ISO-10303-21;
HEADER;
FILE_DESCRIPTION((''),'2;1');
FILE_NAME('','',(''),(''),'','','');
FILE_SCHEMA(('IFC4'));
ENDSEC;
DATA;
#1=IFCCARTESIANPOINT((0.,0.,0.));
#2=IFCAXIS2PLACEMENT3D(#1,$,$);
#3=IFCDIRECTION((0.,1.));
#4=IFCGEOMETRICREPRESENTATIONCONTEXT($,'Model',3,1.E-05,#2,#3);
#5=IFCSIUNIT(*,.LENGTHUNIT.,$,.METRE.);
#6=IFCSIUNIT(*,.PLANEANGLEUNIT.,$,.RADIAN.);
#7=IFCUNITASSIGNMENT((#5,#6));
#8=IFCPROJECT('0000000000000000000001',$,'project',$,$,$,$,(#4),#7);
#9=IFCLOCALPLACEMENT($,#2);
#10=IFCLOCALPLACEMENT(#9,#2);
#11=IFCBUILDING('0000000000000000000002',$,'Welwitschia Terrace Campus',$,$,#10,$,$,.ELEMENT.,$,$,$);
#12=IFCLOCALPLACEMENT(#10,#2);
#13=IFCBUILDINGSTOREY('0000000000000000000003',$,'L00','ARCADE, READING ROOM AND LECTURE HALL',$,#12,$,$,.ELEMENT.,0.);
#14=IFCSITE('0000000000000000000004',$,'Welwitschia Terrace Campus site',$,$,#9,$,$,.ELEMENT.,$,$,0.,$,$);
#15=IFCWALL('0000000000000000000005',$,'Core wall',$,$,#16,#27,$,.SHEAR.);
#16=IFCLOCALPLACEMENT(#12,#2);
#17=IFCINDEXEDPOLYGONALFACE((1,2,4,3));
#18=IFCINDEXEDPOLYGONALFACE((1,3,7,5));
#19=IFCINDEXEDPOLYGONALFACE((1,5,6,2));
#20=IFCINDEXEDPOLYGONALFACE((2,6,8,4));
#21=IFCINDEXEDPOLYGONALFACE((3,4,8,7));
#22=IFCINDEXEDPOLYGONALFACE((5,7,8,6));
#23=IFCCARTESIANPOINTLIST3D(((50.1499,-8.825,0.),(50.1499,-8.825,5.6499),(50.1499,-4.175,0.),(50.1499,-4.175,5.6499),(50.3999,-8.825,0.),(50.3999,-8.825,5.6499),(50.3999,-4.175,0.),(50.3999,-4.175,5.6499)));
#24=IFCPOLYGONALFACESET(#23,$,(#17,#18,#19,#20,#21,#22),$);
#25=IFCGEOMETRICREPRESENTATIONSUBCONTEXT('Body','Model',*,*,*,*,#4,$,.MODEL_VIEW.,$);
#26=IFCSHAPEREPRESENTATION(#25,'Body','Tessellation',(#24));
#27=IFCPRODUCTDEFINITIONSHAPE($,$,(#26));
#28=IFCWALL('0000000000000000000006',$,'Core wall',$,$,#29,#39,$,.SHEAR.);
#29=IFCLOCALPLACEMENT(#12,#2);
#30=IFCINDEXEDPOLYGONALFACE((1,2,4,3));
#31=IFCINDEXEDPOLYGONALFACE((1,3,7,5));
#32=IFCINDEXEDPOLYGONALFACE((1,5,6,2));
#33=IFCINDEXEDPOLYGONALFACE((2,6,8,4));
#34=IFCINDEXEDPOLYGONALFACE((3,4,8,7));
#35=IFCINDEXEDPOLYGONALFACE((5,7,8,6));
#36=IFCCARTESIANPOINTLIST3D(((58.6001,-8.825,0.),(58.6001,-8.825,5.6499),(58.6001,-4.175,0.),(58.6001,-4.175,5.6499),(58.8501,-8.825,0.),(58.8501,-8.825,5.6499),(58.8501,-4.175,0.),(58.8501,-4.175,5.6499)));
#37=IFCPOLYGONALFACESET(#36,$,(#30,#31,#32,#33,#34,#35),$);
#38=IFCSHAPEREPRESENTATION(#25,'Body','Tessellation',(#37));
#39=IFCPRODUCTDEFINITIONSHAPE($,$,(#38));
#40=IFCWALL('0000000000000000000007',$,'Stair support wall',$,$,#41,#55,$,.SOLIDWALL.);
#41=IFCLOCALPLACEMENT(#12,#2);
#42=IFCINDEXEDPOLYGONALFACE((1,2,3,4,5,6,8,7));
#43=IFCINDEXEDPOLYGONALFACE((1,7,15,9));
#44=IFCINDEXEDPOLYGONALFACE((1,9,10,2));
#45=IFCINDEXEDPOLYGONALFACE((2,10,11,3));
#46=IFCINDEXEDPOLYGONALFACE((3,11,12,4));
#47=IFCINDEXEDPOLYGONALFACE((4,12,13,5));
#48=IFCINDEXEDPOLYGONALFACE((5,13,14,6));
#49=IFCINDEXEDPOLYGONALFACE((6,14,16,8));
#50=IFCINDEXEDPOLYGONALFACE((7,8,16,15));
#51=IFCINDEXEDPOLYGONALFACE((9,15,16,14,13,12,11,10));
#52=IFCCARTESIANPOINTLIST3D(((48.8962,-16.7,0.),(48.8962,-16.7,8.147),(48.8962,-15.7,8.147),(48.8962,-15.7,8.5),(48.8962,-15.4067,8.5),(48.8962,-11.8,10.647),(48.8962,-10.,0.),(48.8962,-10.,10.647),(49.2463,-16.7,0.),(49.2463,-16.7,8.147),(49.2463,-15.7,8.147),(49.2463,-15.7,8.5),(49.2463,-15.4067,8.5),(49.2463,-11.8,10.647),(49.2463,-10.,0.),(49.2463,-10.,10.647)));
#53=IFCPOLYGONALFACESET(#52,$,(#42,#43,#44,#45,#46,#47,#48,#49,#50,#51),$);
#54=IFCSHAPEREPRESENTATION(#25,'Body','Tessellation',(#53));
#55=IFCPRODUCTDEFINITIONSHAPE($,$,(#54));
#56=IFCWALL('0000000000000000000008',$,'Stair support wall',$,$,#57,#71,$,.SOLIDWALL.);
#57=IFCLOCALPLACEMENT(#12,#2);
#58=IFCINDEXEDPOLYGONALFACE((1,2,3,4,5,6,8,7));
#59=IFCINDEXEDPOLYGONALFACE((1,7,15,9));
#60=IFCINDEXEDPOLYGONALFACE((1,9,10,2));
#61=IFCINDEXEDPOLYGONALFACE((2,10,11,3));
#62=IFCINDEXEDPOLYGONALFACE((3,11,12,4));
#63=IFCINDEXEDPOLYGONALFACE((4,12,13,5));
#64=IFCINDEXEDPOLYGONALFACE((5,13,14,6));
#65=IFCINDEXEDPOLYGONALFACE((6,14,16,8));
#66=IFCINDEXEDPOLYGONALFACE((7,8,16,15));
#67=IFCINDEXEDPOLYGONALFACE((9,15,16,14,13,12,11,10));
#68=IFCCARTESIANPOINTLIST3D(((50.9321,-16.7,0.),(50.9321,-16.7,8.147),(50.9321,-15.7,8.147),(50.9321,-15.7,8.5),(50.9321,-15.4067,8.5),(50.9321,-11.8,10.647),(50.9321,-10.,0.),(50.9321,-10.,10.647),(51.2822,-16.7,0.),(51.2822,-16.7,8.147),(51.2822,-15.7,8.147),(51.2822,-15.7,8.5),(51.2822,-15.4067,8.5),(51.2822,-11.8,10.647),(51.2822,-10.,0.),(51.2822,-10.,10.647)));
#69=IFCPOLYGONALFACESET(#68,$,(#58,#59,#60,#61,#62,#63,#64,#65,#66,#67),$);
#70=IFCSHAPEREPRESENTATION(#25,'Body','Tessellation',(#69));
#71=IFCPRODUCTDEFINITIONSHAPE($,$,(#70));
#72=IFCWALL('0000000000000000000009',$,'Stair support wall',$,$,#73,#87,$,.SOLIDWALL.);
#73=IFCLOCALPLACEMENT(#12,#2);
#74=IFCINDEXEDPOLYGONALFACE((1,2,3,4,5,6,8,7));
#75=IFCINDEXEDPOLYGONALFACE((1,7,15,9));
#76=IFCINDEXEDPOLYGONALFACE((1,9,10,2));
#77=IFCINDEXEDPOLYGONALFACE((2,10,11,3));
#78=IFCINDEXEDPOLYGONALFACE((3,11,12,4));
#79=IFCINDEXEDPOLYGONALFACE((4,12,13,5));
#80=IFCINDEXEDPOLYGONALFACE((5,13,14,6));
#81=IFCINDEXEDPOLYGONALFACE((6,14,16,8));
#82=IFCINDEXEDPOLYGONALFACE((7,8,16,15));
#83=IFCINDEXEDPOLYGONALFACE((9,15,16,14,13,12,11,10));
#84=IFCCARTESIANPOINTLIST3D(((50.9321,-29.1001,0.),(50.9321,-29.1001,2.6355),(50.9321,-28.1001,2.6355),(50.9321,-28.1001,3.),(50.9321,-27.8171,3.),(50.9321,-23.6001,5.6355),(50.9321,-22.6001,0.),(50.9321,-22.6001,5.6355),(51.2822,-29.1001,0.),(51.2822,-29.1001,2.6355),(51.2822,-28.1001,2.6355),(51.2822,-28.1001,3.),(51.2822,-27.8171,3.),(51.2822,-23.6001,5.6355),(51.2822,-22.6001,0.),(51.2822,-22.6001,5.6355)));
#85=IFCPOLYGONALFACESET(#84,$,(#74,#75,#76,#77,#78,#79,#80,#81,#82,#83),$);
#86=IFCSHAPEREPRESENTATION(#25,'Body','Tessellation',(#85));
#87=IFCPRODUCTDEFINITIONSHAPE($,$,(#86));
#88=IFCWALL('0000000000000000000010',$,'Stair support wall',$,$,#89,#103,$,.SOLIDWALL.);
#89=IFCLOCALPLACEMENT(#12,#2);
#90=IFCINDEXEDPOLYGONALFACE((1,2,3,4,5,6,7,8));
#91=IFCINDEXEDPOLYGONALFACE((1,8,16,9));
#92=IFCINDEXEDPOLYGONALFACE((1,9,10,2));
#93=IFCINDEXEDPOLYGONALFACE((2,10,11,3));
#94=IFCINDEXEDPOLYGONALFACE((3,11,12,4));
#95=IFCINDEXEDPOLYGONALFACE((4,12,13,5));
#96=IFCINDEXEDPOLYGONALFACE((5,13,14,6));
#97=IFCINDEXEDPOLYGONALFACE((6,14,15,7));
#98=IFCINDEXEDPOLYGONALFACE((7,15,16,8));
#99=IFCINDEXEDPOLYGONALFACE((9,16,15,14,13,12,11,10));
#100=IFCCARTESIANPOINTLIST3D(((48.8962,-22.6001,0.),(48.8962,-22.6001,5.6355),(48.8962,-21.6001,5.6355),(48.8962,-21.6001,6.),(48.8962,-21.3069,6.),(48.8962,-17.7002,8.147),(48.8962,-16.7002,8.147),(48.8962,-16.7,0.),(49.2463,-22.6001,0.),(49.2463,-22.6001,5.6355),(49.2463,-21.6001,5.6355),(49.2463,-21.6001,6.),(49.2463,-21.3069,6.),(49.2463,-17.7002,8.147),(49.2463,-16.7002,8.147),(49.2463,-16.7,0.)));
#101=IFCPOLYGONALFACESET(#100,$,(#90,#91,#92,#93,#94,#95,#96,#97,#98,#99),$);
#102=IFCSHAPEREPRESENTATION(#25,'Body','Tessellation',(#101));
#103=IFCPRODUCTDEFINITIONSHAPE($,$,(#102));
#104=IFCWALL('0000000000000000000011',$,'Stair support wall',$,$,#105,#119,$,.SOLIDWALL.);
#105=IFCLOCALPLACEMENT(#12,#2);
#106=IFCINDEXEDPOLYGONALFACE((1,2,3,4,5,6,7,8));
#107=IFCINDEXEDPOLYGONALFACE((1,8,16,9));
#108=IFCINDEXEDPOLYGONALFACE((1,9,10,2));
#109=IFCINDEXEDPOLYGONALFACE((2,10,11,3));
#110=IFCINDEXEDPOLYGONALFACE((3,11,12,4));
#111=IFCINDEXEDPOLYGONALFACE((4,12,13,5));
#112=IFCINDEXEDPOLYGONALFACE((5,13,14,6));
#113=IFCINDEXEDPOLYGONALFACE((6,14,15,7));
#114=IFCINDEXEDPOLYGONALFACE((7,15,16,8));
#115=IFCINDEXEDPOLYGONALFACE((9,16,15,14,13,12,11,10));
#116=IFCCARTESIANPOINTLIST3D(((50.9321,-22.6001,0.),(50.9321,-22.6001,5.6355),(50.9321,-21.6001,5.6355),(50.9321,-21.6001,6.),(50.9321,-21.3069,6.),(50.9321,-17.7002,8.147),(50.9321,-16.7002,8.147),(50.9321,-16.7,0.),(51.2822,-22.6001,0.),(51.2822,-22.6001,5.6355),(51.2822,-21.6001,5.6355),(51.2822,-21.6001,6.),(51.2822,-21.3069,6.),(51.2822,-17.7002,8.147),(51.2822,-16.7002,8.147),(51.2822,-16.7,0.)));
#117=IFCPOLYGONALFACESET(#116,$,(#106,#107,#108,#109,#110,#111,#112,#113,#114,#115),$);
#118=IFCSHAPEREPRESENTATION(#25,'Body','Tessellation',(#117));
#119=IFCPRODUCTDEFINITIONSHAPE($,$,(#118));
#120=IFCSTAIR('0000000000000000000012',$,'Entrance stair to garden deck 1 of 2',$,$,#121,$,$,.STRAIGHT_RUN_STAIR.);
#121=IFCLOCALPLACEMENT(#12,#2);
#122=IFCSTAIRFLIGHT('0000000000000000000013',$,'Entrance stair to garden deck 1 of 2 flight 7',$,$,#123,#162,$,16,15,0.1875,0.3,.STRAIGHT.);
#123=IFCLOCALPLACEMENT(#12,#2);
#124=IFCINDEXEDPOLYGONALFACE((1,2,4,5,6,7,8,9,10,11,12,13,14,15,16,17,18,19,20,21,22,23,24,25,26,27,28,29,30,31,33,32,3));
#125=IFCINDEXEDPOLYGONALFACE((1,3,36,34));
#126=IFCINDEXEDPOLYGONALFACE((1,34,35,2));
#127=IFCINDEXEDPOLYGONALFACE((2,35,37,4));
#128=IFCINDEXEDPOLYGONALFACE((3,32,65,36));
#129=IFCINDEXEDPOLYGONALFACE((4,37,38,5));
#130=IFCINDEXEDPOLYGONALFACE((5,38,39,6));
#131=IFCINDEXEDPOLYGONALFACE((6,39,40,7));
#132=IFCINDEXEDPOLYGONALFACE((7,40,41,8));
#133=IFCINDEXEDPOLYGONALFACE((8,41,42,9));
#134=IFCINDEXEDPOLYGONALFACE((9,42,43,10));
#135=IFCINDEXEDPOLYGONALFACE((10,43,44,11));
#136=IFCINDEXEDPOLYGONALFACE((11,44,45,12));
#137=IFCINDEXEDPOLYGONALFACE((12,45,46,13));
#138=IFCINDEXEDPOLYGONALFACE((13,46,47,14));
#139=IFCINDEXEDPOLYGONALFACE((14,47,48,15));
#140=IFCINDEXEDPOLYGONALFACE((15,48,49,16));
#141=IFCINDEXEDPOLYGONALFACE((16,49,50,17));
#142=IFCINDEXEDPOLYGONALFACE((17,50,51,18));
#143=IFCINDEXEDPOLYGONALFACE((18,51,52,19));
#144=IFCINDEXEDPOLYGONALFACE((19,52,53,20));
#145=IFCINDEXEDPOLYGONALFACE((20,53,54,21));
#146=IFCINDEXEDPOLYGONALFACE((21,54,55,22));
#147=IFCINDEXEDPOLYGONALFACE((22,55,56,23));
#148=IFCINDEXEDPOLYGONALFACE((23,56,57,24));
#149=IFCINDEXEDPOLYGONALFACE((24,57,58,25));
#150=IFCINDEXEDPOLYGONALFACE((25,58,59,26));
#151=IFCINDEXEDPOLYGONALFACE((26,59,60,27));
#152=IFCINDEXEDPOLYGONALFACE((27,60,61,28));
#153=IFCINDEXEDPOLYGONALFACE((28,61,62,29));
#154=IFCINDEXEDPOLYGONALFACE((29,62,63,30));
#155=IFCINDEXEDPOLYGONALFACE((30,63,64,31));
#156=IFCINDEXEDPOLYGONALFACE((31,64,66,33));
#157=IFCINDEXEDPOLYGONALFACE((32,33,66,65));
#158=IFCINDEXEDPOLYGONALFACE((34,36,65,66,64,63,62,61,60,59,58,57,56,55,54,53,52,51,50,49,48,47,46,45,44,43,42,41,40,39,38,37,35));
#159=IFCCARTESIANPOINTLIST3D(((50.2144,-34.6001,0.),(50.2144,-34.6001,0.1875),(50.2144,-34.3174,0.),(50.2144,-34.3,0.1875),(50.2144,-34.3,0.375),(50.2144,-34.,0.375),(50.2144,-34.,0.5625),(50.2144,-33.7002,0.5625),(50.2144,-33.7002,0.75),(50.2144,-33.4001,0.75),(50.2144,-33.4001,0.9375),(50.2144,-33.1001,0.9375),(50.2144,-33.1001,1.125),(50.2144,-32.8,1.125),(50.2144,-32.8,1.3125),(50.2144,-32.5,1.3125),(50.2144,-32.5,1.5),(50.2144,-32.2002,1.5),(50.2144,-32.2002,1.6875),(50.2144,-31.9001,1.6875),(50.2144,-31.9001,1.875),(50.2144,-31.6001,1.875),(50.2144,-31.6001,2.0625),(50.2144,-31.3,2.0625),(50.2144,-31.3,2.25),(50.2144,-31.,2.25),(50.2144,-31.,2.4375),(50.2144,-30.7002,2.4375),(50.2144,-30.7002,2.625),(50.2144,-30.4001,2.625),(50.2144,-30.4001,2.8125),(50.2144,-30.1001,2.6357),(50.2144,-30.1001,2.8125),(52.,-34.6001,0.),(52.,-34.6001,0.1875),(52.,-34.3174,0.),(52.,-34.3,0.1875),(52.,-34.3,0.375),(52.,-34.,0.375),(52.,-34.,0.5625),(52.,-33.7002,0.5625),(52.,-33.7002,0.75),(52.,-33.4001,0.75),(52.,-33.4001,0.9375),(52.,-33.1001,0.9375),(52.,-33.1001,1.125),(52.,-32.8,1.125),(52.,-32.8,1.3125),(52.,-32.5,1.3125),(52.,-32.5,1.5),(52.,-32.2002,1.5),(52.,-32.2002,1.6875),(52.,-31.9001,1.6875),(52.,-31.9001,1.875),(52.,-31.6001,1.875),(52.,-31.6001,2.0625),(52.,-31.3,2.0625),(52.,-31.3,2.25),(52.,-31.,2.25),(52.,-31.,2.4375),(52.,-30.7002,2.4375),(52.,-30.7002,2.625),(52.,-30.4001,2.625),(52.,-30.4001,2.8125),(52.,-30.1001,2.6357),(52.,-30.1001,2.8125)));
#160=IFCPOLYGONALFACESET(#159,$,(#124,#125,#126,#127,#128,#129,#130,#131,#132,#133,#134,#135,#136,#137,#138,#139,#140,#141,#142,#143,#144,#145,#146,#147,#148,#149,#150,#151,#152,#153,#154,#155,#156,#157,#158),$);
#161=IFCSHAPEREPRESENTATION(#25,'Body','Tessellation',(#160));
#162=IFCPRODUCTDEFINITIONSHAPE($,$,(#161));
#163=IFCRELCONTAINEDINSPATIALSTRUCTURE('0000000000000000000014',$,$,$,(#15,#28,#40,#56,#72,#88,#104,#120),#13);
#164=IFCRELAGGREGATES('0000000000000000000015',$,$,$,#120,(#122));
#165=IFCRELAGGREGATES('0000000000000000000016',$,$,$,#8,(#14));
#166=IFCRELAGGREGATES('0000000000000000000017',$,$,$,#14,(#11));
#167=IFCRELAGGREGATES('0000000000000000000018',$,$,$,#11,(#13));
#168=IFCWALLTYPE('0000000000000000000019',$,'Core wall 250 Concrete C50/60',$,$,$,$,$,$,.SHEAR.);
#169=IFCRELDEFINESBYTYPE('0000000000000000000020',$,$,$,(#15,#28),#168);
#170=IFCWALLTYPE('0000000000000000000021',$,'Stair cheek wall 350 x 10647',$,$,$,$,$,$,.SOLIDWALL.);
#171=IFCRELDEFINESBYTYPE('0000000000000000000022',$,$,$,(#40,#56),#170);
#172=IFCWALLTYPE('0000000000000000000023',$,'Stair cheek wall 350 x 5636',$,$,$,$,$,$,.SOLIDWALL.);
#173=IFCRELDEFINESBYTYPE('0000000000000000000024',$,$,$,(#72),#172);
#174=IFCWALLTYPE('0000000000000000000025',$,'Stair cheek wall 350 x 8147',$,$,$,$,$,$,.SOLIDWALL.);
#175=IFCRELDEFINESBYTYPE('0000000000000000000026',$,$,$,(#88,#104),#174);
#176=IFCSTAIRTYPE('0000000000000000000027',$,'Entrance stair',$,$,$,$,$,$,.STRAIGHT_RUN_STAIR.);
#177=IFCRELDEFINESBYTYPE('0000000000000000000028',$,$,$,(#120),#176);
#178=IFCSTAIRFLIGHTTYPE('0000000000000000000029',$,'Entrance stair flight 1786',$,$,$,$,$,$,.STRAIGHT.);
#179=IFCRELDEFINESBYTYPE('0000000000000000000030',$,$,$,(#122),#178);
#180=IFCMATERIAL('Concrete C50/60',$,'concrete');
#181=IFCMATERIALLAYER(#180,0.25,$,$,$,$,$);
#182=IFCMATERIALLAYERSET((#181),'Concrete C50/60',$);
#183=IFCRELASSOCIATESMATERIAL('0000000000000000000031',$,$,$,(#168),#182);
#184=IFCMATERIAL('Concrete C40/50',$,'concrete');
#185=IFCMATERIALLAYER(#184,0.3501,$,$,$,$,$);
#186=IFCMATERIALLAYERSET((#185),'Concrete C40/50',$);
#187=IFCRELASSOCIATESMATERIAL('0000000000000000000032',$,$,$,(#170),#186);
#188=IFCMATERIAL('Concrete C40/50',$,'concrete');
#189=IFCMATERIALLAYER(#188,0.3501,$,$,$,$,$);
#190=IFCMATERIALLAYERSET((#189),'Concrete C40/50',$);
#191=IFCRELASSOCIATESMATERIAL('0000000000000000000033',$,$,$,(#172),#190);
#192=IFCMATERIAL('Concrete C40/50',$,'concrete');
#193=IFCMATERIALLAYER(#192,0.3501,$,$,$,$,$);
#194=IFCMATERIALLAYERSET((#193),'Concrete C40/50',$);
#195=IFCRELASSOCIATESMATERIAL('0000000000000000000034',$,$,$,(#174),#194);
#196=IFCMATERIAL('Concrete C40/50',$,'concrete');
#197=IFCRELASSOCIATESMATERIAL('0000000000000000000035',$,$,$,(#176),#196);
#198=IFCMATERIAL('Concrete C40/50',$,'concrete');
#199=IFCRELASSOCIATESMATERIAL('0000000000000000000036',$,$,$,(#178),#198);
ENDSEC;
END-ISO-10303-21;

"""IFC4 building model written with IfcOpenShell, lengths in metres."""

from ifc_helpers import new_model, si_unit, direction, frame, frame_2d, origin, place, context, subcontext, project, spatial, polyline, rectangle, outline, extrude, material, layer, layer_set, type_object, element, aggregate, save


model = new_model("IFC4")

# Units and contexts
model_context = context("Model", 3, precision=1e-05, world=origin(), true_north=direction((0.0, 1.0)))
body_context = subcontext(model_context, "Body", "Model", "MODEL_VIEW")
ifc_project = project(units=[si_unit("LENGTHUNIT", "METRE"), si_unit("PLANEANGLEUNIT", "RADIAN")], contexts=[model_context])

# Site, building, storey
site_placement = place(None, origin())
site = spatial("IfcSite", under=ifc_project, at=site_placement, Name="Welwitschia Terrace Campus site", CompositionType="ELEMENT", RefElevation=0.0)
building_placement = place(site_placement, origin())
building = spatial("IfcBuilding", under=site, at=building_placement, Name="Welwitschia Terrace Campus", CompositionType="ELEMENT")
storey_placement = place(building_placement, origin())
storey = spatial("IfcBuildingStorey", under=building, at=storey_placement, Name="L00", Description="ARCADE, READING ROOM AND LECTURE HALL", CompositionType="ELEMENT", Elevation=0.0)

# Walls
ifc_material_1 = material(Name="Concrete C50/60", Category="concrete")
ifc_layer_1 = layer(ifc_material_1, 0.25)
ifc_layer_set_1 = layer_set([ifc_layer_1], Name="Concrete C50/60")
wall_type_1 = type_object("IfcWallType", Name="Core wall 250 Concrete C50/60", PredefinedType="SHEAR", material=ifc_layer_set_1)
for number, where, z_axis, x_axis, name in (
    (1, (50.2749, -8.825, 0.0), (0.0, 0.0, 1.0), (0.0, 1.0, 0.0), "Core wall"),
    (2, (58.7251, -8.825, 0.0), (0.0, 0.0, 1.0), (0.0, 1.0, 0.0), "Core wall"),
):
    element("IfcWall", number, at=place(storey_placement, frame(where, z_axis=z_axis, x_axis=x_axis)), inside=storey, type_object=wall_type_1, Name=name, PredefinedType="SHEAR", context=body_context, shape_type="SweptSolid", body=[
        extrude(rectangle(XDim=4.6499, YDim=0.25, at=frame_2d((2.325, 0.0))), origin(), (0.0, 0.0, 1.0), 5.6499),
    ])
ifc_material_2 = material(Name="Concrete C40/50", Category="concrete")
ifc_layer_2 = layer(ifc_material_2, 0.3501)
ifc_layer_set_2 = layer_set([ifc_layer_2], Name="Concrete C40/50")
wall_type_2 = type_object("IfcWallType", Name="Stair cheek wall 350 x 10647", PredefinedType="SOLIDWALL", material=ifc_layer_set_2)
for number, where, z_axis, x_axis, name in (
    (3, (49.0713, -16.7, 0.0), (0.0, 0.0, 1.0), (0.0, 1.0, 0.0), "Stair support wall"),
    (4, (51.1072, -16.7, 0.0), (0.0, 0.0, 1.0), (0.0, 1.0, 0.0), "Stair support wall"),
):
    element("IfcWall", number, at=place(storey_placement, frame(where, z_axis=z_axis, x_axis=x_axis)), inside=storey, type_object=wall_type_2, Name=name, PredefinedType="SOLIDWALL", context=body_context, shape_type="SweptSolid", body=[
        extrude(outline(polyline([(0.0, 0.0), (6.7, 0.0), (6.7, 10.647), (4.8999, 10.647), (1.2932, 8.5), (1.0, 8.5), (1.0, 8.147), (0.0, 8.147), (0.0, 0.0)])), frame((0.0, 0.175, 0.0), z_axis=(0.0, -1.0, 0.0), x_axis=(1.0, 0.0, 0.0)), (0.0, 0.0, 1.0), 0.3501),
    ])
ifc_material_3 = material(Name="Concrete C40/50", Category="concrete")
ifc_layer_3 = layer(ifc_material_3, 0.3501)
ifc_layer_set_3 = layer_set([ifc_layer_3], Name="Concrete C40/50")
wall_type_3 = type_object("IfcWallType", Name="Stair cheek wall 350 x 5636", PredefinedType="SOLIDWALL", material=ifc_layer_set_3)
wall_1_placement = place(storey_placement, frame((51.1072, -29.1001, 0.0), z_axis=(0.0, 0.0, 1.0), x_axis=(0.0, 1.0, 0.0)))
element("IfcWall", 5, at=wall_1_placement, inside=storey, type_object=wall_type_3, Name="Stair support wall", PredefinedType="SOLIDWALL", context=body_context, shape_type="SweptSolid", body=[
    extrude(outline(polyline([(0.0, 0.0), (6.5, 0.0), (6.5, 5.6355), (5.5, 5.6355), (1.283, 3.0), (1.0, 3.0), (1.0, 2.6355), (0.0, 2.6355), (0.0, 0.0)])), frame((0.0, 0.175, 0.0), z_axis=(0.0, -1.0, 0.0), x_axis=(1.0, 0.0, 0.0)), (0.0, 0.0, 1.0), 0.3501),
])
ifc_material_4 = material(Name="Concrete C40/50", Category="concrete")
ifc_layer_4 = layer(ifc_material_4, 0.3501)
ifc_layer_set_4 = layer_set([ifc_layer_4], Name="Concrete C40/50")
wall_type_4 = type_object("IfcWallType", Name="Stair cheek wall 350 x 8147", PredefinedType="SOLIDWALL", material=ifc_layer_set_4)
for number, where, z_axis, x_axis, name in (
    (6, (49.0713, -22.6001, 0.0), (0.0, 0.0, 1.0), (0.0, 1.0, 0.0), "Stair support wall"),
    (7, (51.1072, -22.6001, 0.0), (0.0, 0.0, 1.0), (0.0, 1.0, 0.0), "Stair support wall"),
):
    element("IfcWall", number, at=place(storey_placement, frame(where, z_axis=z_axis, x_axis=x_axis)), inside=storey, type_object=wall_type_4, Name=name, PredefinedType="SOLIDWALL", context=body_context, shape_type="SweptSolid", body=[
        extrude(outline(polyline([(0.0, 0.0), (5.9001, 0.0), (5.8999, 8.147), (4.8999, 8.147), (1.2932, 6.0), (1.0, 6.0), (1.0, 5.6355), (0.0, 5.6355), (0.0, 0.0)])), frame((0.0, 0.175, 0.0), z_axis=(0.0, -1.0, 0.0), x_axis=(1.0, 0.0, 0.0)), (0.0, 0.0, 1.0), 0.3501),
    ])

# Stair, stair flight
ifc_material_5 = material(Name="Concrete C40/50", Category="concrete")
stair_type = type_object("IfcStairType", Name="Entrance stair", PredefinedType="STRAIGHT_RUN_STAIR", material=ifc_material_5)
stair_placement = place(storey_placement, origin())
stair = element("IfcStair", 8, at=stair_placement, inside=storey, type_object=stair_type, Name="Entrance stair to garden deck 1 of 2", PredefinedType="STRAIGHT_RUN_STAIR")
ifc_material_6 = material(Name="Concrete C40/50", Category="concrete")
stair_flight_type = type_object("IfcStairFlightType", Name="Entrance stair flight 1786", PredefinedType="STRAIGHT", material=ifc_material_6)
stair_flight_1_placement = place(storey_placement, frame((51.1072, -34.6001, 0.0), z_axis=(0.0, 0.0, 1.0), x_axis=(0.0, 1.0, 0.0)))
stair_flight_1 = element("IfcStairFlight", 9, at=stair_flight_1_placement, type_object=stair_flight_type, Name="Entrance stair to garden deck 1 of 2 flight 7", NumberOfRisers=16, NumberOfTreads=15, PredefinedType="STRAIGHT", RiserHeight=0.1875, TreadLength=0.3, context=body_context, shape_type="SweptSolid", body=[
    extrude(outline(polyline([(0.0, 0.0), (0.0, 0.1875), (0.3, 0.1875), (0.3, 0.375), (0.6001, 0.375), (0.6001, 0.5625), (0.8999, 0.5625), (0.8999, 0.75), (1.2, 0.75), (1.2, 0.9375), (1.5, 0.9375), (1.5, 1.125), (1.8, 1.125), (1.8, 1.3125), (2.1001, 1.3125), (2.1001, 1.5), (2.3999, 1.5), (2.3999, 1.6875), (2.7, 1.6875), (2.7, 1.875), (3.0, 1.875), (3.0, 2.0625), (3.3, 2.0625), (3.3, 2.25), (3.6001, 2.25), (3.6001, 2.4375), (3.8999, 2.4375), (3.8999, 2.625), (4.2, 2.625), (4.2, 2.8125), (4.5, 2.8125), (4.5, 3.0), (4.5, 2.6357), (0.2827, 0.0), (0.0, 0.0)])), frame((0.0, 0.8928, 0.0), z_axis=(0.0, -1.0, 0.0), x_axis=(1.0, 0.0, 0.0)), (0.0, 0.0, 1.0), 1.7856),
])
aggregate(stair, [stair_flight_1])

save(model, "model.ifc")
